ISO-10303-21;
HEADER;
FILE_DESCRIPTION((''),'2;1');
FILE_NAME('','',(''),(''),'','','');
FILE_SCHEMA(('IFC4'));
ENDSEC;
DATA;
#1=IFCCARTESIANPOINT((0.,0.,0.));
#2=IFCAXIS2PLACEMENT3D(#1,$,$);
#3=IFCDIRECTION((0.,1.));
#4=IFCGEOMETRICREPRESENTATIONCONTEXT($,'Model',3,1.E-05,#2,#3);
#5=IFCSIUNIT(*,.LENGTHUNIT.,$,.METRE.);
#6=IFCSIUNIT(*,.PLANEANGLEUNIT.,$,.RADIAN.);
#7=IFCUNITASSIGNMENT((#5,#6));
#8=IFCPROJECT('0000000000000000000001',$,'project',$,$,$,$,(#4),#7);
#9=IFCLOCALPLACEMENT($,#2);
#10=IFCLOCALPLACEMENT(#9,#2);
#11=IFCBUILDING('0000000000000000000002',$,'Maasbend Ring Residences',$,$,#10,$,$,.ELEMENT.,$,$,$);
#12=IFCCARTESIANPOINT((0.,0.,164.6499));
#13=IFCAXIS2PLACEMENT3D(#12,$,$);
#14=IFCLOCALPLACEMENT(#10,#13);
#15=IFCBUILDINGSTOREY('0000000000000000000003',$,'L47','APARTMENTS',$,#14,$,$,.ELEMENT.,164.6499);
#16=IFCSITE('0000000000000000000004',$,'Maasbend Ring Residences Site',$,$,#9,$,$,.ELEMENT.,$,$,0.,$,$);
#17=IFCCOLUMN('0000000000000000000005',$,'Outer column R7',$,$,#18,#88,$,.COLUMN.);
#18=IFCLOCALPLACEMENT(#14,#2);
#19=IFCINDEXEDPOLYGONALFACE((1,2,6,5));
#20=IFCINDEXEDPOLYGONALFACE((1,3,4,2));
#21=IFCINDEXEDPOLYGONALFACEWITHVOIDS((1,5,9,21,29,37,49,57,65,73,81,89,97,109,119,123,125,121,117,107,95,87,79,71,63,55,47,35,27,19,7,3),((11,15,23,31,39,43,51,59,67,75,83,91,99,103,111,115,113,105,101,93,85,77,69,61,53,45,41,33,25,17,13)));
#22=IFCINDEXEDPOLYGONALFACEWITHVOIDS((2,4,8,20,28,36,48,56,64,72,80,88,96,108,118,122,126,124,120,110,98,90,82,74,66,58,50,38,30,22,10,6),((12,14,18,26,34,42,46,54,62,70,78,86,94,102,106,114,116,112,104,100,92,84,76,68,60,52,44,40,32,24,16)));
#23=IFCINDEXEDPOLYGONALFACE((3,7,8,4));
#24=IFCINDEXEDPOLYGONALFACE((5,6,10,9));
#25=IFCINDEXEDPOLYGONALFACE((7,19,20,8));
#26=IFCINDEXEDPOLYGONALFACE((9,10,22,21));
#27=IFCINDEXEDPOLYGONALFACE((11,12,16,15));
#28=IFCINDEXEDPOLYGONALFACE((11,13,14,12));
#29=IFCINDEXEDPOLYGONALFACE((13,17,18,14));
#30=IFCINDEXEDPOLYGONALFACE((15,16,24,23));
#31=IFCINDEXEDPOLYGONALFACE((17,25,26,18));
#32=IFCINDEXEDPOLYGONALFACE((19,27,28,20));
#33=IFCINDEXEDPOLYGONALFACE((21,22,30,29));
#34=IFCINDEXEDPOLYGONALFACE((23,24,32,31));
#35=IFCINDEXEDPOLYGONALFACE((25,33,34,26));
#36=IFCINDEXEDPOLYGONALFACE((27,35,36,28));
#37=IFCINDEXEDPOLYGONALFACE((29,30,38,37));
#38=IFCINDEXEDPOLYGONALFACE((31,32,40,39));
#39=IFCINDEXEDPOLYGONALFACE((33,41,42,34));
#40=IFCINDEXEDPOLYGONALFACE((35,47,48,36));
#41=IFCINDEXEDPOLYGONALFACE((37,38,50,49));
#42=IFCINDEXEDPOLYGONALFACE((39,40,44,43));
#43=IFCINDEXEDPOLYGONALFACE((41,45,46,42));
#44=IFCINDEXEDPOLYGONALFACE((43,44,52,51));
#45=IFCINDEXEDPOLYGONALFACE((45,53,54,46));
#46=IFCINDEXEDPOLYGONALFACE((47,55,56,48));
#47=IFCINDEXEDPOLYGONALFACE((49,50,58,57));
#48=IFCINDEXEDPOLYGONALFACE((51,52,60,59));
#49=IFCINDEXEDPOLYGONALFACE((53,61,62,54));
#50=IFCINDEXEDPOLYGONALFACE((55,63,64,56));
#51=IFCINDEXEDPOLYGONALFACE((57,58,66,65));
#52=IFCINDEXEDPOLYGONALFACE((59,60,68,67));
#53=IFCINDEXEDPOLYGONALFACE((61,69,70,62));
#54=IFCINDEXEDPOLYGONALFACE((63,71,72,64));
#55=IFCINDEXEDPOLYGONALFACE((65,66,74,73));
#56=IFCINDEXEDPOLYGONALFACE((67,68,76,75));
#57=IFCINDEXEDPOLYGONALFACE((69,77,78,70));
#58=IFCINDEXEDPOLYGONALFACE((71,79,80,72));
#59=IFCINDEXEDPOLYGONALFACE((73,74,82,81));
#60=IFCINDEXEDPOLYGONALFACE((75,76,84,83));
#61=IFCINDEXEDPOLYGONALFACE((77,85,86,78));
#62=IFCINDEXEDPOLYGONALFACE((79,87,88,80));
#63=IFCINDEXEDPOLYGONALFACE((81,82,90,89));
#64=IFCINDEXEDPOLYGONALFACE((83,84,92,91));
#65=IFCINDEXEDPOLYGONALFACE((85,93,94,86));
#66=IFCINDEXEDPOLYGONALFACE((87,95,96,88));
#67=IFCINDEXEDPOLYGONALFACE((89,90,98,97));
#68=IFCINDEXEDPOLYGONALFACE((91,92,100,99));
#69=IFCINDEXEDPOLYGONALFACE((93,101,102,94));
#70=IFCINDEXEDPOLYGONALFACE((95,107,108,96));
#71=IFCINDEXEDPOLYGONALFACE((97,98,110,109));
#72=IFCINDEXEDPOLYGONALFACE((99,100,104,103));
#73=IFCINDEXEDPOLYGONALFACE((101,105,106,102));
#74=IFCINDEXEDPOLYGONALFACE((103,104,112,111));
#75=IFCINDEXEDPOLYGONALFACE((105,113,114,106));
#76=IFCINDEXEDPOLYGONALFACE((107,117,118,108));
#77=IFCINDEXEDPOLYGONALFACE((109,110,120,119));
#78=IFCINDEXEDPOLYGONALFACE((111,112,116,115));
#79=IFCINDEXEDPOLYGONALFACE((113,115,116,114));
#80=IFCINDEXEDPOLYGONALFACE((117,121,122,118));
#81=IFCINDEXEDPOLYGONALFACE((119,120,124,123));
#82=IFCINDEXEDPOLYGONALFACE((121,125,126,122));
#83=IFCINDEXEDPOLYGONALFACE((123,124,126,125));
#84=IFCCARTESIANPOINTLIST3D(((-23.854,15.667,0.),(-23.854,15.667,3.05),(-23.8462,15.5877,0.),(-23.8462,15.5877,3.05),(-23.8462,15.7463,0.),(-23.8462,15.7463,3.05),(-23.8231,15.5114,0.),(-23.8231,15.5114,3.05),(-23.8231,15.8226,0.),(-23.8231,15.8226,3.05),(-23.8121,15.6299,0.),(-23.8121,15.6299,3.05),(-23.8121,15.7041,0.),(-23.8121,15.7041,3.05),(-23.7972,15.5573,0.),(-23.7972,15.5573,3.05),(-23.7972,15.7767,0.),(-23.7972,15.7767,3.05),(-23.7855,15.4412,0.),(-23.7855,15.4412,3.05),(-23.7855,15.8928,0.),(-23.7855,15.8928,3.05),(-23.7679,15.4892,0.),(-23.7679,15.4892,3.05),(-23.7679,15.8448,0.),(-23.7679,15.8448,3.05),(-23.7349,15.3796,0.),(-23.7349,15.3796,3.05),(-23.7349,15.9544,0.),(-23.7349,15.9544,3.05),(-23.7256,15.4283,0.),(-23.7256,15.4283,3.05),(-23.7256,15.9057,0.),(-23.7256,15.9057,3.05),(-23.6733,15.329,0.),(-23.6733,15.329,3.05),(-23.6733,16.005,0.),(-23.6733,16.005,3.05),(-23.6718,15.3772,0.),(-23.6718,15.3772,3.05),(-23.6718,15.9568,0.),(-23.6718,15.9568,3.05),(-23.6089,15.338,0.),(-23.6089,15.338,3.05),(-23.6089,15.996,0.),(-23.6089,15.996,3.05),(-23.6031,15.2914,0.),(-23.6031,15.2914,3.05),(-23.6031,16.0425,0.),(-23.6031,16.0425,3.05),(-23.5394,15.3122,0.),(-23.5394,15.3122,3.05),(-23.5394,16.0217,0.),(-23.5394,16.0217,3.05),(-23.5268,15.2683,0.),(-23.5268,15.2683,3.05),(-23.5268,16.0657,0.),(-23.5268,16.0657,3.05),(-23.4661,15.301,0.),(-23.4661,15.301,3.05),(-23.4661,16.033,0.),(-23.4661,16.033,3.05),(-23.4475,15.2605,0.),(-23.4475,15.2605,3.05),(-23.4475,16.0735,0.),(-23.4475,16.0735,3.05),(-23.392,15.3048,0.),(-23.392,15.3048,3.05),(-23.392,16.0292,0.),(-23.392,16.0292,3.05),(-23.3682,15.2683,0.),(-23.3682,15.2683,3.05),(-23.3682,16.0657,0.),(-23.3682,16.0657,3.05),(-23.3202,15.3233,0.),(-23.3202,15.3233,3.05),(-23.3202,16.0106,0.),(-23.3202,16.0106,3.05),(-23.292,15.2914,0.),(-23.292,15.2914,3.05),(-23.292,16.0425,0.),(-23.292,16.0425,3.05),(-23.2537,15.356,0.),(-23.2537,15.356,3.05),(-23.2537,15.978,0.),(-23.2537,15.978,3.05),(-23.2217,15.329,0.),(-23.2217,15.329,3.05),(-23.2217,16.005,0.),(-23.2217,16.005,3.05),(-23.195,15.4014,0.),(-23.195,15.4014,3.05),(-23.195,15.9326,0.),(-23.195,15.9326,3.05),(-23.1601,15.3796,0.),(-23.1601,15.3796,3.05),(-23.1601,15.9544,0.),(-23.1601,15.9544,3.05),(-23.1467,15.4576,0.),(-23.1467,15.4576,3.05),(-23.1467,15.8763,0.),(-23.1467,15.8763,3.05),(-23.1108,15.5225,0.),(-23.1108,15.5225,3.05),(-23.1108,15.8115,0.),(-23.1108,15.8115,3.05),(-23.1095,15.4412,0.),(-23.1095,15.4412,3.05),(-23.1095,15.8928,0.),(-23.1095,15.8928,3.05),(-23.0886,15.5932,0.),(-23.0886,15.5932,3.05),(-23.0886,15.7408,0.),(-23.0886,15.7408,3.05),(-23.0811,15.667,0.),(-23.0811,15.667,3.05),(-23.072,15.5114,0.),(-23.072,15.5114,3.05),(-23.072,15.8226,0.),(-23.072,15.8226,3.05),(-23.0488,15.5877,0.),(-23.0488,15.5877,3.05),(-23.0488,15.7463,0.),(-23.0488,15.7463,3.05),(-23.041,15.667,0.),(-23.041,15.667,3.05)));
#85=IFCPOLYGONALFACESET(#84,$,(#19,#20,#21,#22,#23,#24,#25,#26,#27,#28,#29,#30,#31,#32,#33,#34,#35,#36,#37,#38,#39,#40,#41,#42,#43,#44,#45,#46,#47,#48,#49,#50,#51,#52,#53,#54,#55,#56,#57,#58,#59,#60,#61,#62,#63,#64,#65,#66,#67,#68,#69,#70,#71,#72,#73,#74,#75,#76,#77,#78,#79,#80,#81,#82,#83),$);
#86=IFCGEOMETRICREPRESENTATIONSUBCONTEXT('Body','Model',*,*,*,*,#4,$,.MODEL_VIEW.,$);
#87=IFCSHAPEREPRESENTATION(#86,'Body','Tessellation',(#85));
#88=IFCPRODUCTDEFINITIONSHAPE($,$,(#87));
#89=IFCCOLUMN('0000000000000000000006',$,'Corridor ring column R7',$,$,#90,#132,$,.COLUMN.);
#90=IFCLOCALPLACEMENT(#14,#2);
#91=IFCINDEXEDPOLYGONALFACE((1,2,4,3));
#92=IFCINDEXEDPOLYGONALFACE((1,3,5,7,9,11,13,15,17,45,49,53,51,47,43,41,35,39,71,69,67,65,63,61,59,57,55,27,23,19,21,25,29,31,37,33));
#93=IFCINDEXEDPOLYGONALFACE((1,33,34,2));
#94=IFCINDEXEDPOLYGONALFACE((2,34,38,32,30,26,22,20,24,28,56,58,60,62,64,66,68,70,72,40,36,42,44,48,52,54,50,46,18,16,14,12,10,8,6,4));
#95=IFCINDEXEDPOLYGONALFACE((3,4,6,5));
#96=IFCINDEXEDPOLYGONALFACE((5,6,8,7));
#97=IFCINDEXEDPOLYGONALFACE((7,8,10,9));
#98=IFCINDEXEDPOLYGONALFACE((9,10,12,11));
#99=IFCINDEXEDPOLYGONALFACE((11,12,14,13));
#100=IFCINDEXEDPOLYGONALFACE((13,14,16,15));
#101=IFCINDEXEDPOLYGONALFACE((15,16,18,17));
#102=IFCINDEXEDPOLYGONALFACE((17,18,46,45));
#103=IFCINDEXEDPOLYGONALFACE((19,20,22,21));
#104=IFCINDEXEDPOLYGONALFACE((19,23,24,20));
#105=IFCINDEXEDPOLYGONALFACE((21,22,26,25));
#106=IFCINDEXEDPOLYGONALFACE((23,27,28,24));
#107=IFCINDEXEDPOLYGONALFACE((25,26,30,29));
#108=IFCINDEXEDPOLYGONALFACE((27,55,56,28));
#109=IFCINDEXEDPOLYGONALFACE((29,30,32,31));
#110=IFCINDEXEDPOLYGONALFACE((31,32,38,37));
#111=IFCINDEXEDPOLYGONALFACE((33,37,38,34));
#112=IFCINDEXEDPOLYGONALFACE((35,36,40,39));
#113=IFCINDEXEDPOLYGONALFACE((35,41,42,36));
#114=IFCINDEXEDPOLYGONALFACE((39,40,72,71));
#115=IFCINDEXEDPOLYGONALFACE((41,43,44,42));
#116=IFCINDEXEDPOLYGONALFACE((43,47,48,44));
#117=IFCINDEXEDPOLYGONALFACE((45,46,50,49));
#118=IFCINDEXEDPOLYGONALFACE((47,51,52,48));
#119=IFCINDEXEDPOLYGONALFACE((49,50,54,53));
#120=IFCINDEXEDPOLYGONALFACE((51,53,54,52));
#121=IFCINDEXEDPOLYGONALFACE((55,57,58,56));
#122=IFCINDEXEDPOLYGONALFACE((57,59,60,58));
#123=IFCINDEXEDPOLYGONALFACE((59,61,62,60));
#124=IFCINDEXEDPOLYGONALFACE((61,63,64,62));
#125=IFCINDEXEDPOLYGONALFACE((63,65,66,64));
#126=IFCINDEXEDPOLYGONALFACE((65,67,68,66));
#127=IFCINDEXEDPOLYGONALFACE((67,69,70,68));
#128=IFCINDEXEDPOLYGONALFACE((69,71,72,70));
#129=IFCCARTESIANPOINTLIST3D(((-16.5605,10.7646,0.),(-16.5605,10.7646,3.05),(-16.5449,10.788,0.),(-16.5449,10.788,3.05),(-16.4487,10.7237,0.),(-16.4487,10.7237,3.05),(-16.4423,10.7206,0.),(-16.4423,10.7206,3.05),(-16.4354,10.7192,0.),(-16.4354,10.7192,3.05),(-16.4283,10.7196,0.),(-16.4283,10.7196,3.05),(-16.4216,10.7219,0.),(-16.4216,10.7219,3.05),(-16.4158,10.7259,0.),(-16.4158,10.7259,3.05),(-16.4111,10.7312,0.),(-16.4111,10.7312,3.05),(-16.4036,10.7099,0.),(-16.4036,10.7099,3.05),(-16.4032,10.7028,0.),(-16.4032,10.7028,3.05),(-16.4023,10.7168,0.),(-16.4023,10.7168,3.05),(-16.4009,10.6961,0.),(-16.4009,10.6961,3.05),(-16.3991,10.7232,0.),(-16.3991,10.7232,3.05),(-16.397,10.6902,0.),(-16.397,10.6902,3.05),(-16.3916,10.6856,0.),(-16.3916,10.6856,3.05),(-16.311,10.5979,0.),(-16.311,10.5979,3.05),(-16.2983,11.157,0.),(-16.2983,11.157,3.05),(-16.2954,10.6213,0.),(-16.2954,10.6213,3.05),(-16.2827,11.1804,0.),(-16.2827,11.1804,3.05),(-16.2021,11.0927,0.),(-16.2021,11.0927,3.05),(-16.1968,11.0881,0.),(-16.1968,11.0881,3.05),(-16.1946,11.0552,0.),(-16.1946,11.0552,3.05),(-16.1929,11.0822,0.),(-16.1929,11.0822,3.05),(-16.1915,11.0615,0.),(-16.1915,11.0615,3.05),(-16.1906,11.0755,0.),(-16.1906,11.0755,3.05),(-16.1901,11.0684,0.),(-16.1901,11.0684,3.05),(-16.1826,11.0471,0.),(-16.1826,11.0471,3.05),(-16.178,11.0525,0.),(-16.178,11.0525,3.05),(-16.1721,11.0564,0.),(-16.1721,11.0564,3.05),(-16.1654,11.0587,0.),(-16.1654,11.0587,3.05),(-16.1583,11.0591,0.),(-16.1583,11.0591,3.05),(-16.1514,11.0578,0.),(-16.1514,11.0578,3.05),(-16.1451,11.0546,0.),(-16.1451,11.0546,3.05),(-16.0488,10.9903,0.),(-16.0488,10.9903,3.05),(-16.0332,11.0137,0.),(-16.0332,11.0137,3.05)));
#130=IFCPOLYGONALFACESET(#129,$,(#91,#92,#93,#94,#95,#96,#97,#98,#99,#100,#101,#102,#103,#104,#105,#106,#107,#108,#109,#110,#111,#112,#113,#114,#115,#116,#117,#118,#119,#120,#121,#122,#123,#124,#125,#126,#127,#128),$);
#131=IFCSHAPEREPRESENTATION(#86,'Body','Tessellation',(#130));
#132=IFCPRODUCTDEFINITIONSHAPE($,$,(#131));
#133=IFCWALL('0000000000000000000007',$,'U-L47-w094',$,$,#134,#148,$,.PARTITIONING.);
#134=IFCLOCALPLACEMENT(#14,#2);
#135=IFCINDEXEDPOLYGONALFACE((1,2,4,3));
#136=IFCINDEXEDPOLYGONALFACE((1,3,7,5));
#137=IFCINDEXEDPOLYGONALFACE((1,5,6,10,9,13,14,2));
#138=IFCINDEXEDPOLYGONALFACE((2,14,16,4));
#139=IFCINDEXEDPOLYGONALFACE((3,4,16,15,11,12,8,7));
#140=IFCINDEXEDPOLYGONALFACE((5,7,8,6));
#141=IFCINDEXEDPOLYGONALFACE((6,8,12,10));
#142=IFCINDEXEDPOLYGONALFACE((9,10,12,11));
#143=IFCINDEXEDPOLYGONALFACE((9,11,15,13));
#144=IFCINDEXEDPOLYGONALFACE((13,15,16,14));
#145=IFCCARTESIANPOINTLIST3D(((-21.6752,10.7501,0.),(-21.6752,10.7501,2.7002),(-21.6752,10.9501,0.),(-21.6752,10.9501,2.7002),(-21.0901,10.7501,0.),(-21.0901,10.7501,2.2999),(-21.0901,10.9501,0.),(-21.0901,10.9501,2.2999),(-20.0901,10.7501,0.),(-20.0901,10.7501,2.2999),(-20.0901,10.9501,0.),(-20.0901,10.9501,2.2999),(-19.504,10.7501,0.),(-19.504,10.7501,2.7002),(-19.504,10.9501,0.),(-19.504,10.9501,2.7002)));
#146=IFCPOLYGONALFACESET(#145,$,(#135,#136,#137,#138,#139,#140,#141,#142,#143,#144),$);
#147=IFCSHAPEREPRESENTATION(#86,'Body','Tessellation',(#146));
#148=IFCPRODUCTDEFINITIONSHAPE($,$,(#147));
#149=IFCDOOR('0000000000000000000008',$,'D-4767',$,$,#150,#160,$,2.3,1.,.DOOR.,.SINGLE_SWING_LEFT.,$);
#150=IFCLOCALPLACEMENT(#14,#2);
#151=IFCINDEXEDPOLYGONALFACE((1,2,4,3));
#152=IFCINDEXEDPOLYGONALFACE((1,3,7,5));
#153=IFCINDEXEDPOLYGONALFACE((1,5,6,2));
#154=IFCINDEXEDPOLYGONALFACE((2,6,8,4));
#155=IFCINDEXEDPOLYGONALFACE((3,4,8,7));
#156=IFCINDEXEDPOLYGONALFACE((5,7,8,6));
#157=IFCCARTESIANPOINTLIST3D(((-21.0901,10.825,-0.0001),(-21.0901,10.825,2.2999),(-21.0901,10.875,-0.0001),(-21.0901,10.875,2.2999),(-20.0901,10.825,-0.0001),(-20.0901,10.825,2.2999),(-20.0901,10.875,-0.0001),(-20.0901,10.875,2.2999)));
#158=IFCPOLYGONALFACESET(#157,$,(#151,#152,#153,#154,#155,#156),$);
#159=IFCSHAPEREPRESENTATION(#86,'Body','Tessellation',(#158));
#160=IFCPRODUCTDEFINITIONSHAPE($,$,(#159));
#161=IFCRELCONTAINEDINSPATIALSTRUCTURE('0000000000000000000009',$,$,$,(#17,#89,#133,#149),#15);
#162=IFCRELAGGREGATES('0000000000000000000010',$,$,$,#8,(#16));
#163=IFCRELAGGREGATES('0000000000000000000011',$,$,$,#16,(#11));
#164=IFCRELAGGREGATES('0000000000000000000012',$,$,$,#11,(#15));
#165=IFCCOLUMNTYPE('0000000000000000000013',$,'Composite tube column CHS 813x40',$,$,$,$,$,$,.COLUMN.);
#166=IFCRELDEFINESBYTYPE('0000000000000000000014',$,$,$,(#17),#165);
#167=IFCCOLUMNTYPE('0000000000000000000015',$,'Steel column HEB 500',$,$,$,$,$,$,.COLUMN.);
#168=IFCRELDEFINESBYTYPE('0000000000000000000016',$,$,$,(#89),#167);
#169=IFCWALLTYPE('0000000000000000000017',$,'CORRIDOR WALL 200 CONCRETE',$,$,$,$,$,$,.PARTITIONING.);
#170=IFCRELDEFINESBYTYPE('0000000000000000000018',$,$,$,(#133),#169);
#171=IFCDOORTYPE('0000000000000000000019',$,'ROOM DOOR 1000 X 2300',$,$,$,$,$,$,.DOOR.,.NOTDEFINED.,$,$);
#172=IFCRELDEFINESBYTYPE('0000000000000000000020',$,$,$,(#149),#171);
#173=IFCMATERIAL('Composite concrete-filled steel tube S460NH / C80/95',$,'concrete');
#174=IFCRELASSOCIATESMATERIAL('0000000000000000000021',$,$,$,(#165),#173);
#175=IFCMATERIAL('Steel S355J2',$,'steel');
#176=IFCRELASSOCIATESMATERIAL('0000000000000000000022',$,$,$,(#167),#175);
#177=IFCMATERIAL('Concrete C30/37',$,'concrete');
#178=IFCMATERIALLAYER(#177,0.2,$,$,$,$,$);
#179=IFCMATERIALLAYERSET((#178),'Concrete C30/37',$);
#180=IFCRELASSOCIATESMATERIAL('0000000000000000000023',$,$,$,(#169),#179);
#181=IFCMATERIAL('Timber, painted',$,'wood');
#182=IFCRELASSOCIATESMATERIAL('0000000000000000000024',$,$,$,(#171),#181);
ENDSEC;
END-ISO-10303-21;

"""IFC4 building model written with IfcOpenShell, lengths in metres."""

from ifc_helpers import new_model, si_unit, direction, frame, frame_2d, origin, origin_2d, place, context, subcontext, project, spatial, rectangle, hollow_circle, i_section, extrude, material, layer, layer_set, material_profile, profile_set, type_object, element, fill, save


model = new_model("IFC4")

# Units and contexts
model_context = context("Model", 3, precision=1e-05, world=origin(), true_north=direction((0.0, 1.0)))
body_context = subcontext(model_context, "Body", "Model", "MODEL_VIEW")
ifc_project = project(units=[si_unit("LENGTHUNIT", "METRE"), si_unit("PLANEANGLEUNIT", "RADIAN")], contexts=[model_context])

# Site, building, storey
site_placement = place(None, origin())
site = spatial("IfcSite", under=ifc_project, at=site_placement, Name="Maasbend Ring Residences Site", CompositionType="ELEMENT", RefElevation=0.0)
building_placement = place(site_placement, origin())
building = spatial("IfcBuilding", under=site, at=building_placement, Name="Maasbend Ring Residences", CompositionType="ELEMENT")
storey_placement = place(building_placement, frame((0.0, 0.0, 164.6499)))
storey = spatial("IfcBuildingStorey", under=building, at=storey_placement, Name="L47", Description="APARTMENTS", CompositionType="ELEMENT", Elevation=164.6499)

# Columns
ifc_material_1 = material(Name="Composite concrete-filled steel tube S460NH / C80/95", Category="concrete")
ifc_material_profile_1 = material_profile(ifc_material_1, hollow_circle(Radius=0.4065, WallThickness=0.04, at=origin_2d()), Name="Composite tube column CHS 813x40")
ifc_profile_set_1 = profile_set([ifc_material_profile_1], Name="Composite concrete-filled steel tube S460NH / C80/95")
column_type_1 = type_object("IfcColumnType", Name="Composite tube column CHS 813x40", PredefinedType="COLUMN", material=ifc_profile_set_1)
column_1_placement = place(storey_placement, frame((-23.4475, 15.667, 0.0), z_axis=(0.0, 0.0, 1.0), x_axis=(1.0, 0.0, 0.0)))
element("IfcColumn", 1, at=column_1_placement, inside=storey, type_object=column_type_1, Name="Outer column R7", PredefinedType="COLUMN", context=body_context, shape_type="SweptSolid", body=[
    extrude(hollow_circle(Radius=0.4065, WallThickness=0.04, at=origin_2d()), origin(), (0.0, 0.0, 1.0), 3.05),
])
ifc_material_2 = material(Name="Steel S355J2", Category="steel")
ifc_material_profile_2 = material_profile(ifc_material_2, i_section(OverallWidth=0.3, OverallDepth=0.5, WebThickness=0.0144, FlangeThickness=0.0281, FilletRadius=0.0271, at=origin_2d()), Name="HEB 500")
ifc_profile_set_2 = profile_set([ifc_material_profile_2], Name="Steel S355J2")
column_type_2 = type_object("IfcColumnType", Name="Steel column HEB 500", PredefinedType="COLUMN", material=ifc_profile_set_2)
column_2_placement = place(storey_placement, frame((-16.2969, 10.8892, 0.0), z_axis=(0.0, 0.0, 1.0), x_axis=(-0.83147, 0.55557, 0.0)))
element("IfcColumn", 2, at=column_2_placement, inside=storey, type_object=column_type_2, Name="Corridor ring column R7", PredefinedType="COLUMN", context=body_context, shape_type="SweptSolid", body=[
    extrude(i_section(OverallWidth=0.3, OverallDepth=0.5, WebThickness=0.0144, FlangeThickness=0.0281, FilletRadius=0.0271, at=origin_2d()), origin(), (0.0, 0.0, 1.0), 3.05),
])

# Wall, opening, door
ifc_material_3 = material(Name="Concrete C30/37", Category="concrete")
ifc_layer_1 = layer(ifc_material_3, 0.2)
ifc_layer_set_1 = layer_set([ifc_layer_1], Name="Concrete C30/37")
wall_type_1 = type_object("IfcWallType", Name="CORRIDOR WALL 200 CONCRETE", PredefinedType="PARTITIONING", material=ifc_layer_set_1)
wall_1_placement = place(storey_placement, frame((-21.675, 10.8501, 0.0), z_axis=(0.0, 0.0, 1.0), x_axis=(1.0, 0.0, 0.0)))
wall_1 = element("IfcWall", 3, at=wall_1_placement, inside=storey, type_object=wall_type_1, Name="U-L47-w094", PredefinedType="PARTITIONING", context=body_context, shape_type="SweptSolid", body=[
    extrude(rectangle(XDim=2.1711, YDim=0.2, at=frame_2d((1.0854, 0.0))), origin(), (0.0, 0.0, 1.0), 2.7002),
])
opening_1_placement = place(wall_1_placement, frame((0.585, 0.0, 0.0)))
opening_1 = element("IfcOpeningElement", 4, at=opening_1_placement, cuts=wall_1, PredefinedType="OPENING", context=body_context, shape_type="SweptSolid", body=[
    extrude(rectangle(XDim=1.0, YDim=2.3, at=frame_2d((0.5, 1.1499))), frame((0.0, 0.1099, 0.0), z_axis=(0.0, -1.0, 0.0), x_axis=(1.0, 0.0, 0.0)), (0.0, 0.0, 1.0), 0.22),
])
ifc_material_4 = material(Name="Timber, painted", Category="wood")
door_type_1 = type_object("IfcDoorType", Name="ROOM DOOR 1000 X 2300", OperationType="NOTDEFINED", PredefinedType="DOOR", material=ifc_material_4)
door_1_placement = place(opening_1_placement, origin())
door_1 = element("IfcDoor", 5, at=door_1_placement, inside=storey, type_object=door_type_1, Name="D-4767", OperationType="SINGLE_SWING_LEFT", OverallHeight=2.3, OverallWidth=1.0, PredefinedType="DOOR", context=body_context, shape_type="SweptSolid", body=[
    extrude(rectangle(XDim=1.0, YDim=2.3, at=frame_2d((0.5, 1.1499))), frame((0.0, 0.0249, 0.0), z_axis=(0.0, -1.0, 0.0), x_axis=(1.0, 0.0, 0.0)), (0.0, 0.0, 1.0), 0.05),
])
fill(opening_1, door_1)

save(model, "model.ifc")
